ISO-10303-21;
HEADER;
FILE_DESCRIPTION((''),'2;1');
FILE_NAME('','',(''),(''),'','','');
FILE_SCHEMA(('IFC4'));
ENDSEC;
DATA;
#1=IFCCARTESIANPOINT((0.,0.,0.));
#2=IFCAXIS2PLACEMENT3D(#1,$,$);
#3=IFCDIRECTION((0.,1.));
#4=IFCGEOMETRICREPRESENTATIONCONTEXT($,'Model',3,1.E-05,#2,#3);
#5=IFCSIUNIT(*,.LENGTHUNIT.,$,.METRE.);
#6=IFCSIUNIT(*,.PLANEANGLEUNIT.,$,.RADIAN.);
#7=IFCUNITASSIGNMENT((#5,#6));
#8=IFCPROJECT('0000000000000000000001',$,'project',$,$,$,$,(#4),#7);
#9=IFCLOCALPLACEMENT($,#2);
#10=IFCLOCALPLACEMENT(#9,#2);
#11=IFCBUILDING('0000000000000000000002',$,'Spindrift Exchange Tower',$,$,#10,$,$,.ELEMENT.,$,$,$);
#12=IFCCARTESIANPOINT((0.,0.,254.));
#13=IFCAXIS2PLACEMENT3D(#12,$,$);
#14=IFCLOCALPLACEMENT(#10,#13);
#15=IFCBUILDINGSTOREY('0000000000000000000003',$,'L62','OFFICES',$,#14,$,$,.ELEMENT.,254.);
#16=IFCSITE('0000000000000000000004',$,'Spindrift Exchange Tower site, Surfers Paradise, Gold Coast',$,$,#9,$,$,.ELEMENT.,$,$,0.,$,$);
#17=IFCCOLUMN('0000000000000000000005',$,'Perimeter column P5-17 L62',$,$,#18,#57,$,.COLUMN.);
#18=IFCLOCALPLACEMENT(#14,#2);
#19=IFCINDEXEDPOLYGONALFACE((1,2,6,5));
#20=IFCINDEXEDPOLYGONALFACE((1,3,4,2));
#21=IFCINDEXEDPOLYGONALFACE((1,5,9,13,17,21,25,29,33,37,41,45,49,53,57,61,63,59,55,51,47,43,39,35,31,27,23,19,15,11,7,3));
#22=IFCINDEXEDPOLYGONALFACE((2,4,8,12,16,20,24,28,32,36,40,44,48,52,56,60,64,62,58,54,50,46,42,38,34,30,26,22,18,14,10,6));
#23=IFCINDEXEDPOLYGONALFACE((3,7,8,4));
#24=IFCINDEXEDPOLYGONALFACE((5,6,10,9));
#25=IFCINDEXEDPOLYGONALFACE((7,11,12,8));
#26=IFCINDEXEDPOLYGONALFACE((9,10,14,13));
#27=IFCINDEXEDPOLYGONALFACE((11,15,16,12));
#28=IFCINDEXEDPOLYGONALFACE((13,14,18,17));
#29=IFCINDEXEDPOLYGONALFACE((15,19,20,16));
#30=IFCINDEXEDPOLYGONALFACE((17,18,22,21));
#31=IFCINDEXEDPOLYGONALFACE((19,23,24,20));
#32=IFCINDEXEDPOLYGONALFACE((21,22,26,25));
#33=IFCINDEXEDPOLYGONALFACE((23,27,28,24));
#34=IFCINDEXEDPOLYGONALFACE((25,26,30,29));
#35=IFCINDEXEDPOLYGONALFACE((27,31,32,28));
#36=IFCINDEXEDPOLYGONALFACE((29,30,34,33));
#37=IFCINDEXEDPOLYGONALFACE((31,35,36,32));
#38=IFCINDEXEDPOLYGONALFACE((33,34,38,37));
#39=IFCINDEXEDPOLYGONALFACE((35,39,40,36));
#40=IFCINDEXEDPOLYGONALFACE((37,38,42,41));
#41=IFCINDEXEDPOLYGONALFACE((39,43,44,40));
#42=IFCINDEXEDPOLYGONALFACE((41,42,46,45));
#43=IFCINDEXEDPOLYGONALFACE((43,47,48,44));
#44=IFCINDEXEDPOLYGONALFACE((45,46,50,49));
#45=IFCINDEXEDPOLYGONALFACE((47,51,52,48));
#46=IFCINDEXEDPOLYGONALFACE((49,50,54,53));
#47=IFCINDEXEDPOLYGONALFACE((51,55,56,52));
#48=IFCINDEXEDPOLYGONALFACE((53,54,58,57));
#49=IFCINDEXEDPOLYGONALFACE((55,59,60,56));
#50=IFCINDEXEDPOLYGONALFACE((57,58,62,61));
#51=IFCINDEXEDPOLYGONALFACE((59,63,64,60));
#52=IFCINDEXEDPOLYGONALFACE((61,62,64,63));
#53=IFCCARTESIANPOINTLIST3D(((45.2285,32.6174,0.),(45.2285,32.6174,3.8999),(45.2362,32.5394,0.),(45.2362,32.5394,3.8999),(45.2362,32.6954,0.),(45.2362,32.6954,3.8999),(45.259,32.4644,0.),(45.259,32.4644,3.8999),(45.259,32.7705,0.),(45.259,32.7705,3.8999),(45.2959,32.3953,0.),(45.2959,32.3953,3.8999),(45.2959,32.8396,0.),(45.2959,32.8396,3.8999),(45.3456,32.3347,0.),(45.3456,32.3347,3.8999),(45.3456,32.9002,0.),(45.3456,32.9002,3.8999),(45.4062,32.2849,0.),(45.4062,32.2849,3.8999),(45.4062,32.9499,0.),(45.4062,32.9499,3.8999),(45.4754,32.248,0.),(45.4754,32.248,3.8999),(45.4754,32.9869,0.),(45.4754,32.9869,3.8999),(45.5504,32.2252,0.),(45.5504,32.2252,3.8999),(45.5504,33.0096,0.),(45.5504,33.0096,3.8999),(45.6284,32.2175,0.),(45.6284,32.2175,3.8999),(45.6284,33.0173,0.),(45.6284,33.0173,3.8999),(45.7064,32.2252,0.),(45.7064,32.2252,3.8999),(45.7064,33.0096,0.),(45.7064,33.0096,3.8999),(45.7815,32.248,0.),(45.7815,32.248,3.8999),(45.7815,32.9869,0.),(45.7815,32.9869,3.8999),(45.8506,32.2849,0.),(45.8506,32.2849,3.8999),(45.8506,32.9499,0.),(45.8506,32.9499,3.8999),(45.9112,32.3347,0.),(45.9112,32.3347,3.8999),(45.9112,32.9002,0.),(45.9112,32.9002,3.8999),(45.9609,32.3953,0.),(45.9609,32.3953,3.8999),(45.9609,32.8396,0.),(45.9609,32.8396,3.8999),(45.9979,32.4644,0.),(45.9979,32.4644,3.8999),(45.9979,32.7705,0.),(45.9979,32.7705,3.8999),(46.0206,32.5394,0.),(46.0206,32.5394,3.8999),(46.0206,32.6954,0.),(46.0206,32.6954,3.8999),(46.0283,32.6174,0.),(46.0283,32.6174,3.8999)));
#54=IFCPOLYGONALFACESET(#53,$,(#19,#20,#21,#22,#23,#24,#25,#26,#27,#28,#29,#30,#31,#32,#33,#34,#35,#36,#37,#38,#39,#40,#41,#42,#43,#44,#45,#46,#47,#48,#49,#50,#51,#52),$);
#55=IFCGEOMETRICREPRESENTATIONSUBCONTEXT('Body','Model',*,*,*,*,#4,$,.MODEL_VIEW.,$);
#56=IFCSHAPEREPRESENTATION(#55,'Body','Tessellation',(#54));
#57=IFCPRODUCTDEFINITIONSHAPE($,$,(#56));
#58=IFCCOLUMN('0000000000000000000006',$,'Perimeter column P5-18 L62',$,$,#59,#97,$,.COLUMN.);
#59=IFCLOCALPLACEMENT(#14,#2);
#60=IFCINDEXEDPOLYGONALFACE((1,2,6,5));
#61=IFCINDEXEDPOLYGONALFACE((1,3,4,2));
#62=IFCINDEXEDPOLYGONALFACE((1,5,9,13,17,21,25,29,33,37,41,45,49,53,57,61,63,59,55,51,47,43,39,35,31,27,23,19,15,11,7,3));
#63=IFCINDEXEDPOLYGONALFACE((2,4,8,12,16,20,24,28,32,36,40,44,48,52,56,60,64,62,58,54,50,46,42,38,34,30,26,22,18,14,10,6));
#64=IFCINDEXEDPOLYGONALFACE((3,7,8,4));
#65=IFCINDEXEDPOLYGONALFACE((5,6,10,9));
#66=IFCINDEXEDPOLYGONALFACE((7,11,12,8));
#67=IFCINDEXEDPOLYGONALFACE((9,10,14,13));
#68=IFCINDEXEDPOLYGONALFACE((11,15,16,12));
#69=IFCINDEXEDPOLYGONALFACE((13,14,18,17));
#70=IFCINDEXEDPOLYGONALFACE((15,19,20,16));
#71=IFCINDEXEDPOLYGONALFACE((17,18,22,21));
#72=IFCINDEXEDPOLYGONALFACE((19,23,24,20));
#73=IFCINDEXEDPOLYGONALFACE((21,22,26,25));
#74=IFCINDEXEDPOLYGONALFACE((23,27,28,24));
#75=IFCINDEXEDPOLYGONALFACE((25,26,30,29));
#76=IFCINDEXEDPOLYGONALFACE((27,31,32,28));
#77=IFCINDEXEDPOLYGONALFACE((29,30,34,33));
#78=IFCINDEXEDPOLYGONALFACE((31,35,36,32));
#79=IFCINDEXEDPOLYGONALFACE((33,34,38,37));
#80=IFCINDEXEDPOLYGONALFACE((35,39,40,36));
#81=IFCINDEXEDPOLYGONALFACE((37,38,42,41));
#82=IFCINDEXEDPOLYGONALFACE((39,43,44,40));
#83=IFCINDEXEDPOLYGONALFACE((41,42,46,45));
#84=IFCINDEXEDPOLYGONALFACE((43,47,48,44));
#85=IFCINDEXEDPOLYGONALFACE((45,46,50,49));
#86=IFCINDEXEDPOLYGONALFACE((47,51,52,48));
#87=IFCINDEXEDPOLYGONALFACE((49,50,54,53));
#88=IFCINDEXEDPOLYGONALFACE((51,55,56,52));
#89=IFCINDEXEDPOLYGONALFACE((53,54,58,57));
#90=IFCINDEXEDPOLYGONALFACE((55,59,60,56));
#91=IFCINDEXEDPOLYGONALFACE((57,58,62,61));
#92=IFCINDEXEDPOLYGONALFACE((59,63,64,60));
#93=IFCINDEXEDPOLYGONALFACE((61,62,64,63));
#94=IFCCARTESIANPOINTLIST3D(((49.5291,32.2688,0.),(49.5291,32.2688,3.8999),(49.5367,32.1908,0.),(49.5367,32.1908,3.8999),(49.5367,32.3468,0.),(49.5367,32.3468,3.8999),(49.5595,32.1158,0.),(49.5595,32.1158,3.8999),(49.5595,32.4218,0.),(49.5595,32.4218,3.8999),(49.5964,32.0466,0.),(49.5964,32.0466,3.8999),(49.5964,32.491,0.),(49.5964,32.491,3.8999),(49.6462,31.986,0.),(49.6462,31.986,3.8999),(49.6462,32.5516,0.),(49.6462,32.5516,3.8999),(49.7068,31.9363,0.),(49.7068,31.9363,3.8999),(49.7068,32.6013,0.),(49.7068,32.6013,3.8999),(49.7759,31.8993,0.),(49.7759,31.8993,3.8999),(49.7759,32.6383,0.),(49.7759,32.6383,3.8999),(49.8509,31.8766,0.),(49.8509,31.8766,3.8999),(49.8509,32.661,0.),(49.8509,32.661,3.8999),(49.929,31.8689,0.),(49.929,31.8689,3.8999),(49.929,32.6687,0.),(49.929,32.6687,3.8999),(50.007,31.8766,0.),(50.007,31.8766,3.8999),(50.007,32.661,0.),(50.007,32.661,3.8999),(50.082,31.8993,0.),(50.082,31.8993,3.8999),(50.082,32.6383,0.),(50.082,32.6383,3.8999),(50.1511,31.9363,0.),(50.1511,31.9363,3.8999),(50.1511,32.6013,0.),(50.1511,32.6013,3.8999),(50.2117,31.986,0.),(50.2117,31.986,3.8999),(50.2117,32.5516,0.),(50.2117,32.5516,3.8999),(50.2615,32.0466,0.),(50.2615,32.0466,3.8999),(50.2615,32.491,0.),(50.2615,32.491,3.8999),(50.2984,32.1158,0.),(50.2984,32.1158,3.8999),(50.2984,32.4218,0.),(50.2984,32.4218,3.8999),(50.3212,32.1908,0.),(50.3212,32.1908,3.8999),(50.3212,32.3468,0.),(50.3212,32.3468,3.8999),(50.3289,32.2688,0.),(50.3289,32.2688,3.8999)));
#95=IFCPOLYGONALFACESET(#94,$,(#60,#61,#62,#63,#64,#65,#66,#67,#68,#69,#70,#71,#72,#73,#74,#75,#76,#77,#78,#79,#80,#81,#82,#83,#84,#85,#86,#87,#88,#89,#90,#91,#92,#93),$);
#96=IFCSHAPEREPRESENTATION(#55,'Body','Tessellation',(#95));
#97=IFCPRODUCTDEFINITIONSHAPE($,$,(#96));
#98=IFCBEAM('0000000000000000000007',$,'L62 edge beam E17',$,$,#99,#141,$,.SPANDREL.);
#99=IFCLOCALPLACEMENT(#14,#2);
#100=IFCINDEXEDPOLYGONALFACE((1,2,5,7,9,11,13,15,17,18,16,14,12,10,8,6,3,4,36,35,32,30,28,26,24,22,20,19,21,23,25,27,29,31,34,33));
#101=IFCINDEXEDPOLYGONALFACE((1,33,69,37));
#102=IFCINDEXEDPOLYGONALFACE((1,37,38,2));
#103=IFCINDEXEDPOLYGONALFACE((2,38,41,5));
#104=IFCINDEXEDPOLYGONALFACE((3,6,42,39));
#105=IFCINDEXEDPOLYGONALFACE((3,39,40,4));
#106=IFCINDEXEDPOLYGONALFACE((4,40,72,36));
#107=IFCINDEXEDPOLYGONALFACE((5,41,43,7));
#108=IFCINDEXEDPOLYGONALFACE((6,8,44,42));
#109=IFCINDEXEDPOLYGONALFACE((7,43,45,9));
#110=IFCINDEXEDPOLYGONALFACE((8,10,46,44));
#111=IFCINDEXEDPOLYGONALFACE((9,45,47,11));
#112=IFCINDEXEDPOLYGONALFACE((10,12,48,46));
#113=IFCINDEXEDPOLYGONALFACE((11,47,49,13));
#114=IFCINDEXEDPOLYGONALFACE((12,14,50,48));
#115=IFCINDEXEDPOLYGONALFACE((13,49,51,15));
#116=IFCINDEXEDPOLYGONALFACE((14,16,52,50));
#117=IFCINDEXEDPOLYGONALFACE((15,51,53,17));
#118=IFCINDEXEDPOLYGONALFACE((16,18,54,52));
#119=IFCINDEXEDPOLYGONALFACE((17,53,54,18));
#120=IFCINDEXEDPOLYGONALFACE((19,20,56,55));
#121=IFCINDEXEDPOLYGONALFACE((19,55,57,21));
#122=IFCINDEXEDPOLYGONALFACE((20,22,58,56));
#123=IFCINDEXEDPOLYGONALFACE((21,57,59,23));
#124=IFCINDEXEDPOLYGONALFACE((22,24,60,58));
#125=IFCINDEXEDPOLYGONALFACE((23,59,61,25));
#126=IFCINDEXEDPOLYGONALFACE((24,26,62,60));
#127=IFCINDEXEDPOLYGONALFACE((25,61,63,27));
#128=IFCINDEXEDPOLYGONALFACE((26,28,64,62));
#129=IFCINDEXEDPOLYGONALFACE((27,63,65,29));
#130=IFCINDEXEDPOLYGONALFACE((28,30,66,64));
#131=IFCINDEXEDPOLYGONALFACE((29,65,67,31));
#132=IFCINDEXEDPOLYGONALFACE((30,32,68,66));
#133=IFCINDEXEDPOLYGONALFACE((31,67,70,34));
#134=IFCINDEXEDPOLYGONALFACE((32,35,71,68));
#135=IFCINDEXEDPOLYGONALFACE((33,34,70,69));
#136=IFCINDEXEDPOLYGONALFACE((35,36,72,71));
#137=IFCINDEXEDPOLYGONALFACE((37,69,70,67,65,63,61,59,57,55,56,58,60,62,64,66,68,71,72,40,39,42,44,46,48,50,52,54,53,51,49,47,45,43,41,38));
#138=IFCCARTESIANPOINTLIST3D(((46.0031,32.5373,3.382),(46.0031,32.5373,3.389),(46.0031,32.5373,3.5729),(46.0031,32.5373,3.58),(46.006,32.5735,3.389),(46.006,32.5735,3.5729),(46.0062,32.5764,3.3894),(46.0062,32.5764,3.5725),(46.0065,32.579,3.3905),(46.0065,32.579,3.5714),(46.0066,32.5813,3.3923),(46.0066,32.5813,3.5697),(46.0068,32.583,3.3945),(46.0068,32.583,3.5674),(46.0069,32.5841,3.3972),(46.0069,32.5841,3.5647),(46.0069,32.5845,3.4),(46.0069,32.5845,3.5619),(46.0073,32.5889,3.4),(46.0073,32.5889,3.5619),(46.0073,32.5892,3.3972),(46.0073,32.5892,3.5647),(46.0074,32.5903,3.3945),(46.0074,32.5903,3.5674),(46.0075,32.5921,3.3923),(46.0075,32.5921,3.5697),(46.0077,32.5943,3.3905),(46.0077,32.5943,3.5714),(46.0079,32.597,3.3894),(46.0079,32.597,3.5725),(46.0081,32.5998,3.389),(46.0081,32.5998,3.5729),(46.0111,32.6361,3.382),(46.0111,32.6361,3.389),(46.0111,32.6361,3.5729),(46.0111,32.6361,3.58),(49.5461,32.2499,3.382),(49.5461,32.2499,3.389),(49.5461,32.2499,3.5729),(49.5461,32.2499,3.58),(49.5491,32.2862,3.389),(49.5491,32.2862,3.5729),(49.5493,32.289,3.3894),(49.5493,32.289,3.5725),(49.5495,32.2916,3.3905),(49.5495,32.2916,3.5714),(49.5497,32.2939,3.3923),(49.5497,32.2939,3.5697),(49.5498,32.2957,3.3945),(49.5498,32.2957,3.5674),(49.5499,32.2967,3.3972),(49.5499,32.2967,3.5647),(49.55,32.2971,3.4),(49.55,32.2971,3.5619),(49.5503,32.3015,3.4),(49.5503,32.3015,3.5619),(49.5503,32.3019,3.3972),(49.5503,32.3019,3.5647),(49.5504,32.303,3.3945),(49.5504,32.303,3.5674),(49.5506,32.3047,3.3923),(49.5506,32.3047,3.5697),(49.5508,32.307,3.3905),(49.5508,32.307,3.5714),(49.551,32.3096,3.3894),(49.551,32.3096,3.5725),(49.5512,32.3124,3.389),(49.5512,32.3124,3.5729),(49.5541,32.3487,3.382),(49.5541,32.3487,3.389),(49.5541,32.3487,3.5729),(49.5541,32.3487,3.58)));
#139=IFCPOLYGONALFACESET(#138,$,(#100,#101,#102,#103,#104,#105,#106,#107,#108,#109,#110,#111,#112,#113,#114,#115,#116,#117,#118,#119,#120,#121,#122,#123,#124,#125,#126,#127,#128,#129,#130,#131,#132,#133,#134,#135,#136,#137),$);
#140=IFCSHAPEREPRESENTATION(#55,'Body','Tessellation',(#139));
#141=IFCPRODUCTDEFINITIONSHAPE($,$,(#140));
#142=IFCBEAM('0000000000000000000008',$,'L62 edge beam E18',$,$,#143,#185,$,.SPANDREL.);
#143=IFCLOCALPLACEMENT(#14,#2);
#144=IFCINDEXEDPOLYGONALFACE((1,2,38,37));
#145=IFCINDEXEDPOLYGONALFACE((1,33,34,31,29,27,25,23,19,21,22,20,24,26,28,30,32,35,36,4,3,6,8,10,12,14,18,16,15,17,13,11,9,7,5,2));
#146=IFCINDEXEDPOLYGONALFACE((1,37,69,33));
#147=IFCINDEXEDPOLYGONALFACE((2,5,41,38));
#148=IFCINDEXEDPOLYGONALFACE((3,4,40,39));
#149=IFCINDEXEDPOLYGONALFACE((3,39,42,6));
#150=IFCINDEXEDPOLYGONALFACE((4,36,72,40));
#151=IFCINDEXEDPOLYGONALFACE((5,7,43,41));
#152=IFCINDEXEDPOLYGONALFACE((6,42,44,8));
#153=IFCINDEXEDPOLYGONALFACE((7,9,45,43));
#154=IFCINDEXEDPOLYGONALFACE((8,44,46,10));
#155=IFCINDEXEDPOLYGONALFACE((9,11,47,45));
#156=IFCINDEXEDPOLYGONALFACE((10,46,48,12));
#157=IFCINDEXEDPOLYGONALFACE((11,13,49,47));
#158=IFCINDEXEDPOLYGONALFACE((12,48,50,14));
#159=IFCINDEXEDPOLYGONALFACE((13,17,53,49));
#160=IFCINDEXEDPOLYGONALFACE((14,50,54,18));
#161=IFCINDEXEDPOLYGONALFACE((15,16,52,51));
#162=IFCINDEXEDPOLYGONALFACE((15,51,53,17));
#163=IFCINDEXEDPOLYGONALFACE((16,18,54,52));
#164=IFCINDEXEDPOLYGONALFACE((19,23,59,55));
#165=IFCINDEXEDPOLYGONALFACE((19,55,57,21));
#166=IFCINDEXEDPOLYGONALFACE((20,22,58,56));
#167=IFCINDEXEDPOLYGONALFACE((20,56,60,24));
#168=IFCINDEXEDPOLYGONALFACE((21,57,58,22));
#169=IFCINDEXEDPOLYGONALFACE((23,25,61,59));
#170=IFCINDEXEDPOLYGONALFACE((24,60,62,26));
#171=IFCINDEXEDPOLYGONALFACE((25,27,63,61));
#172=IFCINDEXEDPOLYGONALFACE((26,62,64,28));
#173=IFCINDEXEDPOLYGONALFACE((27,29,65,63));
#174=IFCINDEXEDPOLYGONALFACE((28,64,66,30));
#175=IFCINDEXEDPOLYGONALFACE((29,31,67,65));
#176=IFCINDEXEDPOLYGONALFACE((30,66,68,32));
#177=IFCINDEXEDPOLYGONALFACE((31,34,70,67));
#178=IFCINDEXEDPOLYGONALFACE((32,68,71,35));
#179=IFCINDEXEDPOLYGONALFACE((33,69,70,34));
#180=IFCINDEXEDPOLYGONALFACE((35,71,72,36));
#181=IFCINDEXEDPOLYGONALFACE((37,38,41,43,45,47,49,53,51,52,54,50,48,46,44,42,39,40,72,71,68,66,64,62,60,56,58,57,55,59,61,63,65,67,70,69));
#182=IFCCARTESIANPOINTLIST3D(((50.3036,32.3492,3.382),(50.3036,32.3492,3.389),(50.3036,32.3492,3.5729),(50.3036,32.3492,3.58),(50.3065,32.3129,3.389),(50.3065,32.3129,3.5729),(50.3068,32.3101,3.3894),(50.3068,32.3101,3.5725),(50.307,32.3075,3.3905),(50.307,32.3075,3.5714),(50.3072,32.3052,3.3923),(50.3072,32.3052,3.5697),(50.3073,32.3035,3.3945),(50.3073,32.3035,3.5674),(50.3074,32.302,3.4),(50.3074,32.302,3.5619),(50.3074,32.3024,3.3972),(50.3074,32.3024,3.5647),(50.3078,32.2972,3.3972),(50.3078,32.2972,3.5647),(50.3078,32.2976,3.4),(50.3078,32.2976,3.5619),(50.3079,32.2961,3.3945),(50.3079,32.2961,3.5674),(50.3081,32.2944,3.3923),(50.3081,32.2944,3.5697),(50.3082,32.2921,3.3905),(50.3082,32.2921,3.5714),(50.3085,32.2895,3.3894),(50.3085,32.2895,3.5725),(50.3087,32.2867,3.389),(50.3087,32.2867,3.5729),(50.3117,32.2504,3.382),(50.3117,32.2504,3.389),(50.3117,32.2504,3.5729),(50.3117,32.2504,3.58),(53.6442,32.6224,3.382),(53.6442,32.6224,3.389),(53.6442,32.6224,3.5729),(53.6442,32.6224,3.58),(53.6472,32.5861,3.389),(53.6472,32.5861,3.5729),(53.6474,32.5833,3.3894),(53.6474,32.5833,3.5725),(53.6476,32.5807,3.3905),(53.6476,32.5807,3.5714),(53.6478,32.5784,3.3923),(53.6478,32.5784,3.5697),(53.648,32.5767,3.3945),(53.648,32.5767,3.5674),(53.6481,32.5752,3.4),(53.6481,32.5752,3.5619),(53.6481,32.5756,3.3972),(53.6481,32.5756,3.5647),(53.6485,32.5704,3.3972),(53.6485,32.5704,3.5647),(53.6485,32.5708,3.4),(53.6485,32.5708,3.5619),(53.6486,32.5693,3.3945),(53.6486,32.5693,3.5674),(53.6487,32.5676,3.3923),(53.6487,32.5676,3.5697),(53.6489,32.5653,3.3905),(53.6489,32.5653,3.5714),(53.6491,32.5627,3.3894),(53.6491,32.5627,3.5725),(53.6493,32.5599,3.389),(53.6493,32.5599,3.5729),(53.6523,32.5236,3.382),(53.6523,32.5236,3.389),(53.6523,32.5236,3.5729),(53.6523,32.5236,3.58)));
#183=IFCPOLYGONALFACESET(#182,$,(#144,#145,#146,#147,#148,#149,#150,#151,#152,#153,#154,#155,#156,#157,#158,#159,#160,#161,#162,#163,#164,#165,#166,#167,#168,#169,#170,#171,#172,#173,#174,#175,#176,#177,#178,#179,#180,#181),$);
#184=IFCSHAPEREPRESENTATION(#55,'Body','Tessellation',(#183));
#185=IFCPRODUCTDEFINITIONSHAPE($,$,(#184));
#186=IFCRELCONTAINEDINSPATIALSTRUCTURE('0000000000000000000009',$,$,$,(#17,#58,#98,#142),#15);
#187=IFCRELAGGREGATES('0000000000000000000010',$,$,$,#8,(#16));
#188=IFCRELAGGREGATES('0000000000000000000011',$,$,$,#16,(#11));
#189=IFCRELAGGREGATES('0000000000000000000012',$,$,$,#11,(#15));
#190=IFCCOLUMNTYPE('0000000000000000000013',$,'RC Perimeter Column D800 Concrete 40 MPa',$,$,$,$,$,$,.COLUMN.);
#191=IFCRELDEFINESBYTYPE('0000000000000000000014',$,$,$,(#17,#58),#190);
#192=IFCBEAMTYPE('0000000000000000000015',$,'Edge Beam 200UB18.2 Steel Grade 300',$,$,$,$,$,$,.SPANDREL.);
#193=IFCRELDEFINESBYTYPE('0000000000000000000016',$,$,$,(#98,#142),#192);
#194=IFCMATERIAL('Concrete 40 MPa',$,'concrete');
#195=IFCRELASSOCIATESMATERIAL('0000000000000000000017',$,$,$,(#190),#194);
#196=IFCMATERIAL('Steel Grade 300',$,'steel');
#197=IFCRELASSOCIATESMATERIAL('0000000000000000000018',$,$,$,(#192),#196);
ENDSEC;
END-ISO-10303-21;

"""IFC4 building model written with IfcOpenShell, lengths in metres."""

from ifc_helpers import new_model, si_unit, direction, frame, origin, origin_2d, place, context, subcontext, project, spatial, circle, i_section, extrude, source, transform, mapped, material, material_profile, profile_set, type_object, element, save


model = new_model("IFC4")

# Units and contexts
model_context = context("Model", 3, precision=1e-05, world=origin(), true_north=direction((0.0, 1.0)))
body_context = subcontext(model_context, "Body", "Model", "MODEL_VIEW")
ifc_project = project(units=[si_unit("LENGTHUNIT", "METRE"), si_unit("PLANEANGLEUNIT", "RADIAN")], contexts=[model_context])

# Site, building, storey
site_placement = place(None, origin())
site = spatial("IfcSite", under=ifc_project, at=site_placement, Name="Spindrift Exchange Tower site, Surfers Paradise, Gold Coast", CompositionType="ELEMENT", RefElevation=0.0)
building_placement = place(site_placement, origin())
building = spatial("IfcBuilding", under=site, at=building_placement, Name="Spindrift Exchange Tower", CompositionType="ELEMENT")
storey_placement = place(building_placement, frame((0.0, 0.0, 254.0)))
storey = spatial("IfcBuildingStorey", under=building, at=storey_placement, Name="L62", Description="OFFICES", CompositionType="ELEMENT", Elevation=254.0)

# Columns
ifc_material_1 = material(Name="Concrete 40 MPa", Category="concrete")
ifc_material_profile_1 = material_profile(ifc_material_1, circle(Radius=0.3999, at=origin_2d()), Name="RC D800")
ifc_profile_set_1 = profile_set([ifc_material_profile_1], Name="Concrete 40 MPa")
column_type = type_object("IfcColumnType", Name="RC Perimeter Column D800 Concrete 40 MPa", PredefinedType="COLUMN", material=ifc_profile_set_1)
shared_shape_1 = source(origin(), body_context, "Body", "SweptSolid", [
    extrude(circle(Radius=0.3999, at=origin_2d()), origin(), (0.0, 0.0, 1.0), 3.8999),
])
for number, where, z_axis, x_axis, name in (
    (1, (45.6284, 32.6174, 0.0), (0.0, 0.0, 1.0), (1.0, 0.0, 0.0), "Perimeter column P5-17 L62"),
    (2, (49.929, 32.2688, 0.0), (0.0, 0.0, 1.0), (1.0, 0.0, 0.0), "Perimeter column P5-18 L62"),
):
    element("IfcColumn", number, at=place(storey_placement, frame(where, z_axis=z_axis, x_axis=x_axis)), inside=storey, type_object=column_type, Name=name, PredefinedType="COLUMN", context=body_context, shape_type="MappedRepresentation", body=[
        mapped(shared_shape_1, transform((0.0, 0.0, 0.0), scale=1.0)),
    ])

# Beams
ifc_material_2 = material(Name="Steel Grade 300", Category="steel")
ifc_material_profile_2 = material_profile(ifc_material_2, i_section(OverallWidth=0.0991, OverallDepth=0.198, WebThickness=0.0044, FlangeThickness=0.0071, FilletRadius=0.011, at=origin_2d()), Name="200UB18.2")
ifc_profile_set_2 = profile_set([ifc_material_profile_2], Name="Steel Grade 300")
beam_type_1 = type_object("IfcBeamType", Name="Edge Beam 200UB18.2 Steel Grade 300", PredefinedType="SPANDREL", material=ifc_profile_set_2)
shared_shape_2 = source(origin(), body_context, "Body", "SweptSolid", [
    extrude(i_section(OverallWidth=0.0991, OverallDepth=0.198, WebThickness=0.0044, FlangeThickness=0.0071, FilletRadius=0.011, at=origin_2d()), origin(), (0.0, 0.0, 1.0), 3.5547),
])
beam_1_placement = place(storey_placement, frame((46.0071, 32.5867, 3.481), z_axis=(0.996727, -0.08084, 0.0), x_axis=(0.08084, 0.996727, 0.0)))
element("IfcBeam", 3, at=beam_1_placement, inside=storey, type_object=beam_type_1, Name="L62 edge beam E17", PredefinedType="SPANDREL", context=body_context, shape_type="MappedRepresentation", body=[
    mapped(shared_shape_2, transform((0.0, 0.0, 0.0), scale=1.0)),
])
shared_shape_3 = source(origin(), body_context, "Body", "SweptSolid", [
    extrude(i_section(OverallWidth=0.0991, OverallDepth=0.198, WebThickness=0.0044, FlangeThickness=0.0071, FilletRadius=0.011, at=origin_2d()), origin(), (0.0, 0.0, 1.0), 3.3518),
])
beam_2_placement = place(storey_placement, frame((50.3076, 32.2998, 3.481), z_axis=(0.996673, 0.081508, 0.0), x_axis=(-0.081508, 0.996673, 0.0)))
element("IfcBeam", 4, at=beam_2_placement, inside=storey, type_object=beam_type_1, Name="L62 edge beam E18", PredefinedType="SPANDREL", context=body_context, shape_type="MappedRepresentation", body=[
    mapped(shared_shape_3, transform((0.0, 0.0, 0.0), scale=1.0)),
])

save(model, "model.ifc")
